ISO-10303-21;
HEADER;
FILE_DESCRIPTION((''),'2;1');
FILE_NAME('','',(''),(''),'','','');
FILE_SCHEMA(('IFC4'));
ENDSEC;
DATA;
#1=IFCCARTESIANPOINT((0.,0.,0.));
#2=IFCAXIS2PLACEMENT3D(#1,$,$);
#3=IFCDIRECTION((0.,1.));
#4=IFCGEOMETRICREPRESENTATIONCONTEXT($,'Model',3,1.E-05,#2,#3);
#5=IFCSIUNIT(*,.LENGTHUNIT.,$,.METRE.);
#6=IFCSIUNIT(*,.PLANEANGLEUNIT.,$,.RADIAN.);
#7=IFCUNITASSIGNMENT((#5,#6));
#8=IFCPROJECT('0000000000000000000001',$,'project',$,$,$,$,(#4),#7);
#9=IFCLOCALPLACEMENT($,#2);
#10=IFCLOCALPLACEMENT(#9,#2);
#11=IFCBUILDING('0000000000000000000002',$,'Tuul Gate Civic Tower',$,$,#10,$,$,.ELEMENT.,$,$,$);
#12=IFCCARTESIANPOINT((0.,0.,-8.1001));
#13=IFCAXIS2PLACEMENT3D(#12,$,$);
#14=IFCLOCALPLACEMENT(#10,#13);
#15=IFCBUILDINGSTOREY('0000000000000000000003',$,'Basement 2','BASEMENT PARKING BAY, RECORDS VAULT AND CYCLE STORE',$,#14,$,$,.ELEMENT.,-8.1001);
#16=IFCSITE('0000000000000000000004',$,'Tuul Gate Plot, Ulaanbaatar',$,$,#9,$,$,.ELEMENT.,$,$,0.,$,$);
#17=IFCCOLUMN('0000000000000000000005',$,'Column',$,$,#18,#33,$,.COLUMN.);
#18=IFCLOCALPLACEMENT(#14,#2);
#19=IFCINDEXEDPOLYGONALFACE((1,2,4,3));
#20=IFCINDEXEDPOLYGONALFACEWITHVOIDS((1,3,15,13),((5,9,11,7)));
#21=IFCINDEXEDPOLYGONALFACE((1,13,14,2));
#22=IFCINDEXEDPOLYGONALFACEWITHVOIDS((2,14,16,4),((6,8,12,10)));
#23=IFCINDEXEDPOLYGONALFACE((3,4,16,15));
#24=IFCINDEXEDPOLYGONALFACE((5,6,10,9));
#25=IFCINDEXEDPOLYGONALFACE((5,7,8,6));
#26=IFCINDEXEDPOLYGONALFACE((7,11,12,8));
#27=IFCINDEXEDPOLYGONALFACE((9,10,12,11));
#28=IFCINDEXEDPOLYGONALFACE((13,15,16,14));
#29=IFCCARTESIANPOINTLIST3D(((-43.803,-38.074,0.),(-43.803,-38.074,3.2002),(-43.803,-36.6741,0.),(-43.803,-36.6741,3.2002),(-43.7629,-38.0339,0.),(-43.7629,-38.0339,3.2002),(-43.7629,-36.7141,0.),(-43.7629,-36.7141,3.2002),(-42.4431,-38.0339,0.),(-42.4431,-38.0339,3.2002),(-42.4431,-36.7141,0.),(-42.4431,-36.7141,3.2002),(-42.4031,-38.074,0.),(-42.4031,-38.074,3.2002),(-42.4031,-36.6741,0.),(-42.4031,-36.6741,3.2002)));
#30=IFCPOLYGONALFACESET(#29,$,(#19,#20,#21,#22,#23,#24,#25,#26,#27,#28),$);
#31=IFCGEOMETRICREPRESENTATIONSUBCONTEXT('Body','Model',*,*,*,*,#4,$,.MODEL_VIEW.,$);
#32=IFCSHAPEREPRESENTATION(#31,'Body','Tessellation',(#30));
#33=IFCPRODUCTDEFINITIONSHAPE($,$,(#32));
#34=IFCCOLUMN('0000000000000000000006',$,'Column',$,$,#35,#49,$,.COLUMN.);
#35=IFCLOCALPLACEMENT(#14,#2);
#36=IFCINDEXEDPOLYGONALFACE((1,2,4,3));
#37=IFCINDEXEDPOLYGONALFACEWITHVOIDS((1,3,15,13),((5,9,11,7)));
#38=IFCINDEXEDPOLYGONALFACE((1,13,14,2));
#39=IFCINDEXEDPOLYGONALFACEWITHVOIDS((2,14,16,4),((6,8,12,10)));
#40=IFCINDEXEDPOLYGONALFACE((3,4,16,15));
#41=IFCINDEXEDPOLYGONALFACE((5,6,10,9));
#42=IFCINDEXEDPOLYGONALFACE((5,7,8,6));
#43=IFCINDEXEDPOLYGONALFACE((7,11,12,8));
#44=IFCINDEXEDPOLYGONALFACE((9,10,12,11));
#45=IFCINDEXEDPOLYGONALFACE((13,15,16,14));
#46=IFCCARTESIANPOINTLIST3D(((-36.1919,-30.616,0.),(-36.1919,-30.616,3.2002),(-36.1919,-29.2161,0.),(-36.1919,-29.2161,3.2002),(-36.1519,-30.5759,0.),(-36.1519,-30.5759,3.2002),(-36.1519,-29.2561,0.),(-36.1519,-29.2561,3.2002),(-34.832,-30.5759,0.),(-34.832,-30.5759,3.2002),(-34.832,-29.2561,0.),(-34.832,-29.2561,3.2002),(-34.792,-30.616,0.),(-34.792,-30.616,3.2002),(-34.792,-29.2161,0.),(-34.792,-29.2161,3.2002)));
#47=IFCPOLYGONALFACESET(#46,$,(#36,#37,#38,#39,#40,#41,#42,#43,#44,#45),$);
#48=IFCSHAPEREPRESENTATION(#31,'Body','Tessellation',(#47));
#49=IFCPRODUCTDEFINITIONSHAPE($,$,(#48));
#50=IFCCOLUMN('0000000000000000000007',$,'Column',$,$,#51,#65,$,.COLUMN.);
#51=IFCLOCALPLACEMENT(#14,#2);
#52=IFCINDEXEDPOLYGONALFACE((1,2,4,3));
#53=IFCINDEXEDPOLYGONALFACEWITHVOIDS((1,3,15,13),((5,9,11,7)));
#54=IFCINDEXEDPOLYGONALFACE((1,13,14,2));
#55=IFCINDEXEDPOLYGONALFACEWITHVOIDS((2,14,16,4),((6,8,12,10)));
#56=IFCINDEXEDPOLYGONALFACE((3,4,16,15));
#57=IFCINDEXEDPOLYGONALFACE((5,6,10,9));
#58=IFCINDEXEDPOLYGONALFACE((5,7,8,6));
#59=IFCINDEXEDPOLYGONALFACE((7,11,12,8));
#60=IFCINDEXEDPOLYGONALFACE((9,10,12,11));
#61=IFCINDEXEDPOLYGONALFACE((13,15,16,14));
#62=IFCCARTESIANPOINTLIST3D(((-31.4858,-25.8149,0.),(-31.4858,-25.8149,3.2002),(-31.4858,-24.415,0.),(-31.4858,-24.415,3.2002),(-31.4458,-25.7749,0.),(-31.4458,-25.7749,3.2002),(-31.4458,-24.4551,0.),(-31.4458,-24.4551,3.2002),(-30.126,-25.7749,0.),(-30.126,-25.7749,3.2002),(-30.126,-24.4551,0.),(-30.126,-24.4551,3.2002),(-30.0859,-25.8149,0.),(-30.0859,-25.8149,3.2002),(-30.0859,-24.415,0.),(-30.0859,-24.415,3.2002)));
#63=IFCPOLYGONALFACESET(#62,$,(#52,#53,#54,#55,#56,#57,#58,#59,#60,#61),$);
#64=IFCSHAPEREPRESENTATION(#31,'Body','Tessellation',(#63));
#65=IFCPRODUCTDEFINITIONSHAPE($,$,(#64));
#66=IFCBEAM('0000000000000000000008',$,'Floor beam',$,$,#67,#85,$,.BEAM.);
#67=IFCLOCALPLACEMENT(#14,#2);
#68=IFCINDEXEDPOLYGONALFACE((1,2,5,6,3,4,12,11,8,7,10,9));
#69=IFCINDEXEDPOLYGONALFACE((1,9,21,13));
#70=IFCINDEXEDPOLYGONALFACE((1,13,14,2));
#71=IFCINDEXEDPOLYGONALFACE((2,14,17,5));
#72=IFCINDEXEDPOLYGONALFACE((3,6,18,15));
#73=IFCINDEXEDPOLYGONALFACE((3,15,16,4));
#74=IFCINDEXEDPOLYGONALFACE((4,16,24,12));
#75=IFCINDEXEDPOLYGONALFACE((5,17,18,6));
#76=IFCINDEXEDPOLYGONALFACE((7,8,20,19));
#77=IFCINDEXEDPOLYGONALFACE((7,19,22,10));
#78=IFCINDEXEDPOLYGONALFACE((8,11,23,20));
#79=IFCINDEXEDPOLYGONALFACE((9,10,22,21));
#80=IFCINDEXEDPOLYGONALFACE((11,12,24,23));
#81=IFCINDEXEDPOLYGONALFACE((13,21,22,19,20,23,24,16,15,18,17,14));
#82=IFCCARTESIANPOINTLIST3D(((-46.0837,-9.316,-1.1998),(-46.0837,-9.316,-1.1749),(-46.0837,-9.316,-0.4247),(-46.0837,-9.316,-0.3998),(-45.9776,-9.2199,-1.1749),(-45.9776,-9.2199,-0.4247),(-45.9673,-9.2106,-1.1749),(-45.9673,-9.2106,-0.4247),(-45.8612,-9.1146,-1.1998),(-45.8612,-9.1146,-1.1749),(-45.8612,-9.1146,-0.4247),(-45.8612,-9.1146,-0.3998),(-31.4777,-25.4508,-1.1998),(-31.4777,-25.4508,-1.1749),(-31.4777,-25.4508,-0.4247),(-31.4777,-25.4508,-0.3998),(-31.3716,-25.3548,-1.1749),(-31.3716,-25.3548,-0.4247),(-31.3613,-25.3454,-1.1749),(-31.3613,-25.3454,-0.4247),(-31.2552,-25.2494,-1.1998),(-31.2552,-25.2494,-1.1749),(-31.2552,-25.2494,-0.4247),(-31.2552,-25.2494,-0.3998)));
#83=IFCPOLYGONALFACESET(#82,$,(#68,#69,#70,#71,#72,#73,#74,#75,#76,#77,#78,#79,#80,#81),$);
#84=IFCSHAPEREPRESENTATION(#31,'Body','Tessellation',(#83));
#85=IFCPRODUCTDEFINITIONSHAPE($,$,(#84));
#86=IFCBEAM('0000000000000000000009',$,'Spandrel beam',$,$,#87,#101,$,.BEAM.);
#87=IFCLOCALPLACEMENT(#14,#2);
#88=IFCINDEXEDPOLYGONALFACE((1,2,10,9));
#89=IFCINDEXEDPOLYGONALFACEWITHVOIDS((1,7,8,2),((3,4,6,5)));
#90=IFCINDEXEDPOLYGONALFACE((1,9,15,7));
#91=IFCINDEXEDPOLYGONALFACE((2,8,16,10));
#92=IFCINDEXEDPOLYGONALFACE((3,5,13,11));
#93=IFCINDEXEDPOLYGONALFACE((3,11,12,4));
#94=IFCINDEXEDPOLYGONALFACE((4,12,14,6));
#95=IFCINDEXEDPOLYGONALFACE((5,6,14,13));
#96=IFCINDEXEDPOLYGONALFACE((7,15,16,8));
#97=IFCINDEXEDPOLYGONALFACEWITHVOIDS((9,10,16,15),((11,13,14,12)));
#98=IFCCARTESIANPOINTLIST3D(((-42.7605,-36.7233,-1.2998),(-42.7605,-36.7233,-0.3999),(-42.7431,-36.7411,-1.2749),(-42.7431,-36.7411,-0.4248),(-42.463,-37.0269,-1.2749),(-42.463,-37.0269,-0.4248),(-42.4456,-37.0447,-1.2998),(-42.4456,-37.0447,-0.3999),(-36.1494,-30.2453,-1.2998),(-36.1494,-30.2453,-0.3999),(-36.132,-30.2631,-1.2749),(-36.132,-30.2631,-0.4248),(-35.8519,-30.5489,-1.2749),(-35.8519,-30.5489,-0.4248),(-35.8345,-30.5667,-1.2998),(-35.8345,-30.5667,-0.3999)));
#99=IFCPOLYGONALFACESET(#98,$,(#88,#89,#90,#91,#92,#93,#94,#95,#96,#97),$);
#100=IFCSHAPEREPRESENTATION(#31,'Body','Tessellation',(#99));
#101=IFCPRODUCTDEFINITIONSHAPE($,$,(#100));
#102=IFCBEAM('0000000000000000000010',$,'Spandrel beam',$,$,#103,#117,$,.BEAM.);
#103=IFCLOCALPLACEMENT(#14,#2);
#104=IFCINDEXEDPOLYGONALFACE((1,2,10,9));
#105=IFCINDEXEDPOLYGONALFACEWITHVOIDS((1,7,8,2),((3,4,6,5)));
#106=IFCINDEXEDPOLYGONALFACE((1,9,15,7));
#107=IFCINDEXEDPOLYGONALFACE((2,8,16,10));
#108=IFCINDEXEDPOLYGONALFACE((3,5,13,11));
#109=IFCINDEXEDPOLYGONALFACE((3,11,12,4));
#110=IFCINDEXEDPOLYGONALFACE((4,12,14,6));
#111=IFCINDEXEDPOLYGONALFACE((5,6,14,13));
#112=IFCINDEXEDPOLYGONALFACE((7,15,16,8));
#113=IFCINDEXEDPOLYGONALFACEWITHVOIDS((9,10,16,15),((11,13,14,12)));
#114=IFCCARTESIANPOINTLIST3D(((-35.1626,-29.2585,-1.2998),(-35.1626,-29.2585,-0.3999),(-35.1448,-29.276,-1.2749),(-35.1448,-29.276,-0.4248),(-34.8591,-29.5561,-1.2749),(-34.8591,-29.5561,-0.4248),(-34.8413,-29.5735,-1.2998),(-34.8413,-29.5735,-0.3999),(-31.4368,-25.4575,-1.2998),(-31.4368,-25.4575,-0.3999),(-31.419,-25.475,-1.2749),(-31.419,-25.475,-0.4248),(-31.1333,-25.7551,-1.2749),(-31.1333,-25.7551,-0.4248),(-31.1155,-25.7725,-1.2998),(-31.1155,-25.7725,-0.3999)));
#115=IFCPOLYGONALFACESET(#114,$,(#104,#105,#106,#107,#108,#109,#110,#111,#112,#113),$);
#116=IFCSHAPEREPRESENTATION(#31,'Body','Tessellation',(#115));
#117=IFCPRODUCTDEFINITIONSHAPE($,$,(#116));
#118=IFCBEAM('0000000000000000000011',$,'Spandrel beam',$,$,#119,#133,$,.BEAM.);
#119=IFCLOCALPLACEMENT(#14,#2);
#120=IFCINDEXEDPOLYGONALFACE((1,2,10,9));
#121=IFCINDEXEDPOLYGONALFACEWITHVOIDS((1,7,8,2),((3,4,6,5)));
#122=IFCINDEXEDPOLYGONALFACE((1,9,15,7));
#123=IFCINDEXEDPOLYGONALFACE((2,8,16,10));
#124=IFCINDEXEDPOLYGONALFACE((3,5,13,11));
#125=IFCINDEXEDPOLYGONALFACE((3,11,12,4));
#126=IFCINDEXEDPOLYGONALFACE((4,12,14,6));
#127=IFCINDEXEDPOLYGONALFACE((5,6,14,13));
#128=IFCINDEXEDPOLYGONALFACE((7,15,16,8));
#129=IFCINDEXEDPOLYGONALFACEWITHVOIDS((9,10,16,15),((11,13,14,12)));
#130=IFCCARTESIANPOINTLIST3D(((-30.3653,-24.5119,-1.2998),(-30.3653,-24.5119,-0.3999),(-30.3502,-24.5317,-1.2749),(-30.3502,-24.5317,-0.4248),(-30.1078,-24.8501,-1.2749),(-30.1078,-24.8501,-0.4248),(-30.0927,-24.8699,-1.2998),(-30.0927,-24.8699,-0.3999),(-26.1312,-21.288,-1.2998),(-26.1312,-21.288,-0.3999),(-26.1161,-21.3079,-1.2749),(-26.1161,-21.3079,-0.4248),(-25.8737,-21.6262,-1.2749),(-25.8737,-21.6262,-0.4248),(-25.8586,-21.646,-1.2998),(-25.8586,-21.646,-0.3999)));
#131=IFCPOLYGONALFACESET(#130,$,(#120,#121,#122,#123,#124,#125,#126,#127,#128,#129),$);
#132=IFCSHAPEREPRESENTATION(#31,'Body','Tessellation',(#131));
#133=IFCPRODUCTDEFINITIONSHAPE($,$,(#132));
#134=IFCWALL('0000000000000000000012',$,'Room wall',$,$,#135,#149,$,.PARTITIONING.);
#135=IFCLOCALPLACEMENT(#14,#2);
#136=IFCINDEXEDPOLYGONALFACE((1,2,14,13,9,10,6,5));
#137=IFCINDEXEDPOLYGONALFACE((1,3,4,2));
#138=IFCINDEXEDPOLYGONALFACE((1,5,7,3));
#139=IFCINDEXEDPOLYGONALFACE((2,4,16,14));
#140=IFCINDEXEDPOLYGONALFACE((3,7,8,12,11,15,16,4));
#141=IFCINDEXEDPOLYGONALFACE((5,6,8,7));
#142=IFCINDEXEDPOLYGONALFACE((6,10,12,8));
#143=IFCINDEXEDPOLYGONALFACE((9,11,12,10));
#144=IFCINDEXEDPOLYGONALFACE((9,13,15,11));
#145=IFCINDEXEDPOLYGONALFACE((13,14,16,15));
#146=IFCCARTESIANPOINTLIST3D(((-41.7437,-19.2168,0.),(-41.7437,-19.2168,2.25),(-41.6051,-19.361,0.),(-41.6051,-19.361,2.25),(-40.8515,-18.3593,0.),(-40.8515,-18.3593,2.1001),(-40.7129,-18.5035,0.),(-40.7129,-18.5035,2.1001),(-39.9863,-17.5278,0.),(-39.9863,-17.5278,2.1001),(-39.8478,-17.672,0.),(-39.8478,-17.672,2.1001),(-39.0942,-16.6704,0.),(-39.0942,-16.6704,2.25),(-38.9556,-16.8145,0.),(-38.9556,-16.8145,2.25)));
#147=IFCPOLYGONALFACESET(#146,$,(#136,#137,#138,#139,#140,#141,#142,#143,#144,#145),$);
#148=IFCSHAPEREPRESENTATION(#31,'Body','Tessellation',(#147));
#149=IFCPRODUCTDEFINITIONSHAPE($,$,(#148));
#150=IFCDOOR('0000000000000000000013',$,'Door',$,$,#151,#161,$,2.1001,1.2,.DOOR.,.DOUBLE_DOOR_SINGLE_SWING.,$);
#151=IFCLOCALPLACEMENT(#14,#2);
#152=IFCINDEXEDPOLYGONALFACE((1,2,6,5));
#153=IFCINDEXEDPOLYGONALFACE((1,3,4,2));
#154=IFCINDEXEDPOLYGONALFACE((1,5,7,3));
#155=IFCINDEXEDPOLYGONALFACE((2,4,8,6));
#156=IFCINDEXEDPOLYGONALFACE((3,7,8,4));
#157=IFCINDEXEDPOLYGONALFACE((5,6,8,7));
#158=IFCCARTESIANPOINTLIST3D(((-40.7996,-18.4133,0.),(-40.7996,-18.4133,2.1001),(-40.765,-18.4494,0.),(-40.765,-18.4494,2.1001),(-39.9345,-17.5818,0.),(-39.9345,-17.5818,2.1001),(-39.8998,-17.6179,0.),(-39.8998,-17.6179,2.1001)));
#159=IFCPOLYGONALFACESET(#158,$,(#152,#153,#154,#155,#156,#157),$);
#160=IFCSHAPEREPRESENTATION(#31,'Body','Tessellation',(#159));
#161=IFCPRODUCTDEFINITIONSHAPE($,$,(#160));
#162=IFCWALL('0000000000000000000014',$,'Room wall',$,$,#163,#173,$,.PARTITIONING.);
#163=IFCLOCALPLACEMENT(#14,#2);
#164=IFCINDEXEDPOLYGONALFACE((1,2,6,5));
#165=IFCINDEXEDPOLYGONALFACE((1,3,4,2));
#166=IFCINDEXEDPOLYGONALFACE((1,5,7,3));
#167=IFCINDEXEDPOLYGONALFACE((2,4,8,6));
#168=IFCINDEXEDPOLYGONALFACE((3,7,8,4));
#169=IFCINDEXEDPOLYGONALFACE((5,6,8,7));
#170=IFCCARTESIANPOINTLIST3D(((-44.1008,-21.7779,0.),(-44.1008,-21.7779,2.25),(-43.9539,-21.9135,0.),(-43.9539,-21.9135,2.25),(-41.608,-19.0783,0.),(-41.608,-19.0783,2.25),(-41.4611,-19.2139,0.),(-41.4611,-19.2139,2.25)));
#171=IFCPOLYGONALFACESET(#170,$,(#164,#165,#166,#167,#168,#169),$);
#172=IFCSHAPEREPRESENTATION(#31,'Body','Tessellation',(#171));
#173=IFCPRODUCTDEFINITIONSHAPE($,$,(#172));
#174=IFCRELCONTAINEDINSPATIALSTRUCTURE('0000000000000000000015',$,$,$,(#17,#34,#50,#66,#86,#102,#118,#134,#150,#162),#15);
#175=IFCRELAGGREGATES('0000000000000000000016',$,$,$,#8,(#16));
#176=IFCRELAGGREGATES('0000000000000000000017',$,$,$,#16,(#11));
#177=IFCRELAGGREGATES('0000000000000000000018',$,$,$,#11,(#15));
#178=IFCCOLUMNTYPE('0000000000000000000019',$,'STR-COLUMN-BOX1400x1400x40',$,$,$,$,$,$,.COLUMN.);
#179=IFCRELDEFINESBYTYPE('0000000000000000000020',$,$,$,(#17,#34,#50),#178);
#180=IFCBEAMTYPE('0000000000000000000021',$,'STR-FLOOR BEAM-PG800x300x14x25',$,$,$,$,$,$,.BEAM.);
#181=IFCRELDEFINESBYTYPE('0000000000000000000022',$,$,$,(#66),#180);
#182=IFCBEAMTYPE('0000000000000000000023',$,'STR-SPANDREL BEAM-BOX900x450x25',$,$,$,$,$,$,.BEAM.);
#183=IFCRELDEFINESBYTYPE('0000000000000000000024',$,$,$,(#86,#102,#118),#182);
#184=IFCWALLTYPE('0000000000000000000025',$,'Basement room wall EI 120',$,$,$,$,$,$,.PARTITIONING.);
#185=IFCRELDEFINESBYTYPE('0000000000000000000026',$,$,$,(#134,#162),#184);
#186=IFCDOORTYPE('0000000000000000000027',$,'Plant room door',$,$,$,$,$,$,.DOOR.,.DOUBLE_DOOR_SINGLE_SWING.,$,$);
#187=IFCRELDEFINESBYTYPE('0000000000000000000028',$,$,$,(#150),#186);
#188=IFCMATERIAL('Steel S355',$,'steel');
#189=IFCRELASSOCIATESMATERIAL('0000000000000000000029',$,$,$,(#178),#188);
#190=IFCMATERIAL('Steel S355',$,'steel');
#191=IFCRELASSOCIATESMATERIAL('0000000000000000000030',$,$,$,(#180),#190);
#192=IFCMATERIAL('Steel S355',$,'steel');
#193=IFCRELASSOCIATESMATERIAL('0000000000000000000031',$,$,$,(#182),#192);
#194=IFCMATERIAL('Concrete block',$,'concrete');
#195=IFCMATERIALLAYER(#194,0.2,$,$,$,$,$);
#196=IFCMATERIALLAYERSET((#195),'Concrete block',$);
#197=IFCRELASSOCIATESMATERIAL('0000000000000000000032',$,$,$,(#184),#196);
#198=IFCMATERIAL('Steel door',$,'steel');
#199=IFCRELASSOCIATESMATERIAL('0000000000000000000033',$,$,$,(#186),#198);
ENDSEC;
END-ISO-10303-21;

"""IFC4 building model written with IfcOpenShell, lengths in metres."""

from ifc_helpers import new_model, si_unit, direction, frame, frame_2d, origin, origin_2d, place, context, subcontext, project, spatial, rectangle, hollow_rectangle, i_section, extrude, material, layer, layer_set, material_profile, profile_set, type_object, element, fill, save


model = new_model("IFC4")

# Units and contexts
model_context = context("Model", 3, precision=1e-05, world=origin(), true_north=direction((0.0, 1.0)))
body_context = subcontext(model_context, "Body", "Model", "MODEL_VIEW")
ifc_project = project(units=[si_unit("LENGTHUNIT", "METRE"), si_unit("PLANEANGLEUNIT", "RADIAN")], contexts=[model_context])

# Site, building, storey
site_placement = place(None, origin())
site = spatial("IfcSite", under=ifc_project, at=site_placement, Name="Tuul Gate Plot, Ulaanbaatar", CompositionType="ELEMENT", RefElevation=0.0)
building_placement = place(site_placement, origin())
building = spatial("IfcBuilding", under=site, at=building_placement, Name="Tuul Gate Civic Tower", CompositionType="ELEMENT")
storey_placement = place(building_placement, frame((0.0, 0.0, -8.1001)))
storey = spatial("IfcBuildingStorey", under=building, at=storey_placement, Name="Basement 2", Description="BASEMENT PARKING BAY, RECORDS VAULT AND CYCLE STORE", CompositionType="ELEMENT", Elevation=-8.1001)

# Columns
ifc_material_1 = material(Name="Steel S355", Category="steel")
ifc_material_profile_1 = material_profile(ifc_material_1, hollow_rectangle(XDim=1.3999, YDim=1.3999, WallThickness=0.04, at=origin_2d()), Name="BOX1400x1400x40")
ifc_profile_set_1 = profile_set([ifc_material_profile_1], Name="Steel S355")
column_type = type_object("IfcColumnType", Name="STR-COLUMN-BOX1400x1400x40", PredefinedType="COLUMN", material=ifc_profile_set_1)
for number, where, z_axis, x_axis, name in (
    (1, (-43.103, -37.374, 0.0), (0.0, 0.0, 1.0), (1.0, 0.0, 0.0), "Column"),
    (2, (-35.4919, -29.916, 0.0), (0.0, 0.0, 1.0), (1.0, 0.0, 0.0), "Column"),
    (3, (-30.7859, -25.115, 0.0), (0.0, 0.0, 1.0), (1.0, 0.0, 0.0), "Column"),
):
    element("IfcColumn", number, at=place(storey_placement, frame(where, z_axis=z_axis, x_axis=x_axis)), inside=storey, type_object=column_type, Name=name, PredefinedType="COLUMN", context=body_context, shape_type="SweptSolid", body=[
        extrude(hollow_rectangle(XDim=1.3999, YDim=1.3999, WallThickness=0.04, at=origin_2d()), origin(), (0.0, 0.0, 1.0), 3.2002),
    ])

# Beams
ifc_material_2 = material(Name="Steel S355", Category="steel")
ifc_material_profile_2 = material_profile(ifc_material_2, i_section(OverallWidth=0.3, OverallDepth=0.8, WebThickness=0.0139, FlangeThickness=0.0249, at=origin_2d()), Name="PG800x300x14x25")
ifc_profile_set_2 = profile_set([ifc_material_profile_2], Name="Steel S355")
beam_type_1 = type_object("IfcBeamType", Name="STR-FLOOR BEAM-PG800x300x14x25", PredefinedType="BEAM", material=ifc_profile_set_2)
beam_1_placement = place(storey_placement, frame((-31.3665, -25.3501, -0.7998), z_axis=(-0.671111, 0.741357, 0.0), x_axis=(-0.741357, -0.671111, 0.0)))
element("IfcBeam", 4, at=beam_1_placement, inside=storey, type_object=beam_type_1, Name="Floor beam", PredefinedType="BEAM", context=body_context, shape_type="SweptSolid", body=[
    extrude(i_section(OverallWidth=0.3, OverallDepth=0.8, WebThickness=0.0139, FlangeThickness=0.0249, at=origin_2d()), origin(), (0.0, 0.0, 1.0), 21.7639),
])
ifc_material_3 = material(Name="Steel S355", Category="steel")
ifc_material_profile_3 = material_profile(ifc_material_3, hollow_rectangle(XDim=0.45, YDim=0.8999, WallThickness=0.0249, at=origin_2d()), Name="BOX900x450x25")
ifc_profile_set_3 = profile_set([ifc_material_profile_3], Name="Steel S355")
beam_type_2 = type_object("IfcBeamType", Name="STR-SPANDREL BEAM-BOX900x450x25", PredefinedType="BEAM", material=ifc_profile_set_3)
beam_2_placement = place(storey_placement, frame((-42.603, -36.884, -0.8499), z_axis=(0.714258, 0.699883, 0.0), x_axis=(-0.699883, 0.714258, 0.0)))
element("IfcBeam", 5, at=beam_2_placement, inside=storey, type_object=beam_type_2, Name="Spandrel beam", PredefinedType="BEAM", context=body_context, shape_type="SweptSolid", body=[
    extrude(hollow_rectangle(XDim=0.45, YDim=0.8999, WallThickness=0.0249, at=origin_2d()), origin(), (0.0, 0.0, 1.0), 9.2559),
])
beam_3_placement = place(storey_placement, frame((-35.002, -29.416, -0.8499), z_axis=(0.700008, 0.714135, 0.0), x_axis=(-0.714135, 0.700008, 0.0)))
element("IfcBeam", 6, at=beam_3_placement, inside=storey, type_object=beam_type_2, Name="Spandrel beam", PredefinedType="BEAM", context=body_context, shape_type="SweptSolid", body=[
    extrude(hollow_rectangle(XDim=0.45, YDim=0.8999, WallThickness=0.0249, at=origin_2d()), origin(), (0.0, 0.0, 1.0), 5.3225),
])
beam_4_placement = place(storey_placement, frame((-30.229, -24.6909, -0.8499), z_axis=(0.795624, 0.60579, 0.0), x_axis=(-0.60579, 0.795624, 0.0)))
element("IfcBeam", 7, at=beam_4_placement, inside=storey, type_object=beam_type_2, Name="Spandrel beam", PredefinedType="BEAM", context=body_context, shape_type="SweptSolid", body=[
    extrude(hollow_rectangle(XDim=0.45, YDim=0.8999, WallThickness=0.0249, at=origin_2d()), origin(), (0.0, 0.0, 1.0), 5.3218),
])

# Wall, opening, door
ifc_material_4 = material(Name="Concrete block", Category="concrete")
ifc_layer_1 = layer(ifc_material_4, 0.2)
ifc_layer_set_1 = layer_set([ifc_layer_1], Name="Concrete block")
wall_type_1 = type_object("IfcWallType", Name="Basement room wall EI 120", PredefinedType="PARTITIONING", material=ifc_layer_set_1)
wall_1_placement = place(storey_placement, frame((-39.0249, -16.7424, 0.0), z_axis=(0.0, 0.0, 1.0), x_axis=(-0.720986, -0.692949, 0.0)))
wall_1 = element("IfcWall", 8, at=wall_1_placement, inside=storey, type_object=wall_type_1, Name="Room wall", PredefinedType="PARTITIONING", context=body_context, shape_type="SweptSolid", body=[
    extrude(rectangle(XDim=3.6748, YDim=0.2, at=frame_2d((1.8374, 0.0))), origin(), (0.0, 0.0, 1.0), 2.25),
])
opening_1_placement = place(wall_1_placement, frame((1.2373, 0.0, 0.0)))
opening_1 = element("IfcOpeningElement", 9, at=opening_1_placement, cuts=wall_1, PredefinedType="OPENING", context=body_context, shape_type="SweptSolid", body=[
    extrude(rectangle(XDim=1.2, YDim=2.1001, at=frame_2d((0.6001, 1.05))), frame((0.0, 0.1099, 0.0), z_axis=(0.0, -1.0, 0.0), x_axis=(1.0, 0.0, 0.0)), (0.0, 0.0, 1.0), 0.22),
])
ifc_material_5 = material(Name="Steel door", Category="steel")
door_type_1 = type_object("IfcDoorType", Name="Plant room door", OperationType="DOUBLE_DOOR_SINGLE_SWING", PredefinedType="DOOR", material=ifc_material_5)
door_1_placement = place(opening_1_placement, origin())
door_1 = element("IfcDoor", 10, at=door_1_placement, inside=storey, type_object=door_type_1, Name="Door", OperationType="DOUBLE_DOOR_SINGLE_SWING", OverallHeight=2.1001, OverallWidth=1.2, PredefinedType="DOOR", context=body_context, shape_type="SweptSolid", body=[
    extrude(rectangle(XDim=1.2, YDim=2.1001, at=frame_2d((0.6001, 1.05))), frame((0.0, 0.0249, 0.0), z_axis=(0.0, -1.0, 0.0), x_axis=(1.0, 0.0, 0.0)), (0.0, 0.0, 1.0), 0.05),
])
fill(opening_1, door_1)

# Wall
wall_2_placement = place(storey_placement, frame((-41.5344, -19.146, 0.0), z_axis=(0.0, 0.0, 1.0), x_axis=(-0.67841, -0.734684, 0.0)))
element("IfcWall", 11, at=wall_2_placement, inside=storey, type_object=wall_type_1, Name="Room wall", PredefinedType="PARTITIONING", context=body_context, shape_type="SweptSolid", body=[
    extrude(rectangle(XDim=3.6746, YDim=0.2, at=frame_2d((1.8374, 0.0))), origin(), (0.0, 0.0, 1.0), 2.25),
])

save(model, "model.ifc")
